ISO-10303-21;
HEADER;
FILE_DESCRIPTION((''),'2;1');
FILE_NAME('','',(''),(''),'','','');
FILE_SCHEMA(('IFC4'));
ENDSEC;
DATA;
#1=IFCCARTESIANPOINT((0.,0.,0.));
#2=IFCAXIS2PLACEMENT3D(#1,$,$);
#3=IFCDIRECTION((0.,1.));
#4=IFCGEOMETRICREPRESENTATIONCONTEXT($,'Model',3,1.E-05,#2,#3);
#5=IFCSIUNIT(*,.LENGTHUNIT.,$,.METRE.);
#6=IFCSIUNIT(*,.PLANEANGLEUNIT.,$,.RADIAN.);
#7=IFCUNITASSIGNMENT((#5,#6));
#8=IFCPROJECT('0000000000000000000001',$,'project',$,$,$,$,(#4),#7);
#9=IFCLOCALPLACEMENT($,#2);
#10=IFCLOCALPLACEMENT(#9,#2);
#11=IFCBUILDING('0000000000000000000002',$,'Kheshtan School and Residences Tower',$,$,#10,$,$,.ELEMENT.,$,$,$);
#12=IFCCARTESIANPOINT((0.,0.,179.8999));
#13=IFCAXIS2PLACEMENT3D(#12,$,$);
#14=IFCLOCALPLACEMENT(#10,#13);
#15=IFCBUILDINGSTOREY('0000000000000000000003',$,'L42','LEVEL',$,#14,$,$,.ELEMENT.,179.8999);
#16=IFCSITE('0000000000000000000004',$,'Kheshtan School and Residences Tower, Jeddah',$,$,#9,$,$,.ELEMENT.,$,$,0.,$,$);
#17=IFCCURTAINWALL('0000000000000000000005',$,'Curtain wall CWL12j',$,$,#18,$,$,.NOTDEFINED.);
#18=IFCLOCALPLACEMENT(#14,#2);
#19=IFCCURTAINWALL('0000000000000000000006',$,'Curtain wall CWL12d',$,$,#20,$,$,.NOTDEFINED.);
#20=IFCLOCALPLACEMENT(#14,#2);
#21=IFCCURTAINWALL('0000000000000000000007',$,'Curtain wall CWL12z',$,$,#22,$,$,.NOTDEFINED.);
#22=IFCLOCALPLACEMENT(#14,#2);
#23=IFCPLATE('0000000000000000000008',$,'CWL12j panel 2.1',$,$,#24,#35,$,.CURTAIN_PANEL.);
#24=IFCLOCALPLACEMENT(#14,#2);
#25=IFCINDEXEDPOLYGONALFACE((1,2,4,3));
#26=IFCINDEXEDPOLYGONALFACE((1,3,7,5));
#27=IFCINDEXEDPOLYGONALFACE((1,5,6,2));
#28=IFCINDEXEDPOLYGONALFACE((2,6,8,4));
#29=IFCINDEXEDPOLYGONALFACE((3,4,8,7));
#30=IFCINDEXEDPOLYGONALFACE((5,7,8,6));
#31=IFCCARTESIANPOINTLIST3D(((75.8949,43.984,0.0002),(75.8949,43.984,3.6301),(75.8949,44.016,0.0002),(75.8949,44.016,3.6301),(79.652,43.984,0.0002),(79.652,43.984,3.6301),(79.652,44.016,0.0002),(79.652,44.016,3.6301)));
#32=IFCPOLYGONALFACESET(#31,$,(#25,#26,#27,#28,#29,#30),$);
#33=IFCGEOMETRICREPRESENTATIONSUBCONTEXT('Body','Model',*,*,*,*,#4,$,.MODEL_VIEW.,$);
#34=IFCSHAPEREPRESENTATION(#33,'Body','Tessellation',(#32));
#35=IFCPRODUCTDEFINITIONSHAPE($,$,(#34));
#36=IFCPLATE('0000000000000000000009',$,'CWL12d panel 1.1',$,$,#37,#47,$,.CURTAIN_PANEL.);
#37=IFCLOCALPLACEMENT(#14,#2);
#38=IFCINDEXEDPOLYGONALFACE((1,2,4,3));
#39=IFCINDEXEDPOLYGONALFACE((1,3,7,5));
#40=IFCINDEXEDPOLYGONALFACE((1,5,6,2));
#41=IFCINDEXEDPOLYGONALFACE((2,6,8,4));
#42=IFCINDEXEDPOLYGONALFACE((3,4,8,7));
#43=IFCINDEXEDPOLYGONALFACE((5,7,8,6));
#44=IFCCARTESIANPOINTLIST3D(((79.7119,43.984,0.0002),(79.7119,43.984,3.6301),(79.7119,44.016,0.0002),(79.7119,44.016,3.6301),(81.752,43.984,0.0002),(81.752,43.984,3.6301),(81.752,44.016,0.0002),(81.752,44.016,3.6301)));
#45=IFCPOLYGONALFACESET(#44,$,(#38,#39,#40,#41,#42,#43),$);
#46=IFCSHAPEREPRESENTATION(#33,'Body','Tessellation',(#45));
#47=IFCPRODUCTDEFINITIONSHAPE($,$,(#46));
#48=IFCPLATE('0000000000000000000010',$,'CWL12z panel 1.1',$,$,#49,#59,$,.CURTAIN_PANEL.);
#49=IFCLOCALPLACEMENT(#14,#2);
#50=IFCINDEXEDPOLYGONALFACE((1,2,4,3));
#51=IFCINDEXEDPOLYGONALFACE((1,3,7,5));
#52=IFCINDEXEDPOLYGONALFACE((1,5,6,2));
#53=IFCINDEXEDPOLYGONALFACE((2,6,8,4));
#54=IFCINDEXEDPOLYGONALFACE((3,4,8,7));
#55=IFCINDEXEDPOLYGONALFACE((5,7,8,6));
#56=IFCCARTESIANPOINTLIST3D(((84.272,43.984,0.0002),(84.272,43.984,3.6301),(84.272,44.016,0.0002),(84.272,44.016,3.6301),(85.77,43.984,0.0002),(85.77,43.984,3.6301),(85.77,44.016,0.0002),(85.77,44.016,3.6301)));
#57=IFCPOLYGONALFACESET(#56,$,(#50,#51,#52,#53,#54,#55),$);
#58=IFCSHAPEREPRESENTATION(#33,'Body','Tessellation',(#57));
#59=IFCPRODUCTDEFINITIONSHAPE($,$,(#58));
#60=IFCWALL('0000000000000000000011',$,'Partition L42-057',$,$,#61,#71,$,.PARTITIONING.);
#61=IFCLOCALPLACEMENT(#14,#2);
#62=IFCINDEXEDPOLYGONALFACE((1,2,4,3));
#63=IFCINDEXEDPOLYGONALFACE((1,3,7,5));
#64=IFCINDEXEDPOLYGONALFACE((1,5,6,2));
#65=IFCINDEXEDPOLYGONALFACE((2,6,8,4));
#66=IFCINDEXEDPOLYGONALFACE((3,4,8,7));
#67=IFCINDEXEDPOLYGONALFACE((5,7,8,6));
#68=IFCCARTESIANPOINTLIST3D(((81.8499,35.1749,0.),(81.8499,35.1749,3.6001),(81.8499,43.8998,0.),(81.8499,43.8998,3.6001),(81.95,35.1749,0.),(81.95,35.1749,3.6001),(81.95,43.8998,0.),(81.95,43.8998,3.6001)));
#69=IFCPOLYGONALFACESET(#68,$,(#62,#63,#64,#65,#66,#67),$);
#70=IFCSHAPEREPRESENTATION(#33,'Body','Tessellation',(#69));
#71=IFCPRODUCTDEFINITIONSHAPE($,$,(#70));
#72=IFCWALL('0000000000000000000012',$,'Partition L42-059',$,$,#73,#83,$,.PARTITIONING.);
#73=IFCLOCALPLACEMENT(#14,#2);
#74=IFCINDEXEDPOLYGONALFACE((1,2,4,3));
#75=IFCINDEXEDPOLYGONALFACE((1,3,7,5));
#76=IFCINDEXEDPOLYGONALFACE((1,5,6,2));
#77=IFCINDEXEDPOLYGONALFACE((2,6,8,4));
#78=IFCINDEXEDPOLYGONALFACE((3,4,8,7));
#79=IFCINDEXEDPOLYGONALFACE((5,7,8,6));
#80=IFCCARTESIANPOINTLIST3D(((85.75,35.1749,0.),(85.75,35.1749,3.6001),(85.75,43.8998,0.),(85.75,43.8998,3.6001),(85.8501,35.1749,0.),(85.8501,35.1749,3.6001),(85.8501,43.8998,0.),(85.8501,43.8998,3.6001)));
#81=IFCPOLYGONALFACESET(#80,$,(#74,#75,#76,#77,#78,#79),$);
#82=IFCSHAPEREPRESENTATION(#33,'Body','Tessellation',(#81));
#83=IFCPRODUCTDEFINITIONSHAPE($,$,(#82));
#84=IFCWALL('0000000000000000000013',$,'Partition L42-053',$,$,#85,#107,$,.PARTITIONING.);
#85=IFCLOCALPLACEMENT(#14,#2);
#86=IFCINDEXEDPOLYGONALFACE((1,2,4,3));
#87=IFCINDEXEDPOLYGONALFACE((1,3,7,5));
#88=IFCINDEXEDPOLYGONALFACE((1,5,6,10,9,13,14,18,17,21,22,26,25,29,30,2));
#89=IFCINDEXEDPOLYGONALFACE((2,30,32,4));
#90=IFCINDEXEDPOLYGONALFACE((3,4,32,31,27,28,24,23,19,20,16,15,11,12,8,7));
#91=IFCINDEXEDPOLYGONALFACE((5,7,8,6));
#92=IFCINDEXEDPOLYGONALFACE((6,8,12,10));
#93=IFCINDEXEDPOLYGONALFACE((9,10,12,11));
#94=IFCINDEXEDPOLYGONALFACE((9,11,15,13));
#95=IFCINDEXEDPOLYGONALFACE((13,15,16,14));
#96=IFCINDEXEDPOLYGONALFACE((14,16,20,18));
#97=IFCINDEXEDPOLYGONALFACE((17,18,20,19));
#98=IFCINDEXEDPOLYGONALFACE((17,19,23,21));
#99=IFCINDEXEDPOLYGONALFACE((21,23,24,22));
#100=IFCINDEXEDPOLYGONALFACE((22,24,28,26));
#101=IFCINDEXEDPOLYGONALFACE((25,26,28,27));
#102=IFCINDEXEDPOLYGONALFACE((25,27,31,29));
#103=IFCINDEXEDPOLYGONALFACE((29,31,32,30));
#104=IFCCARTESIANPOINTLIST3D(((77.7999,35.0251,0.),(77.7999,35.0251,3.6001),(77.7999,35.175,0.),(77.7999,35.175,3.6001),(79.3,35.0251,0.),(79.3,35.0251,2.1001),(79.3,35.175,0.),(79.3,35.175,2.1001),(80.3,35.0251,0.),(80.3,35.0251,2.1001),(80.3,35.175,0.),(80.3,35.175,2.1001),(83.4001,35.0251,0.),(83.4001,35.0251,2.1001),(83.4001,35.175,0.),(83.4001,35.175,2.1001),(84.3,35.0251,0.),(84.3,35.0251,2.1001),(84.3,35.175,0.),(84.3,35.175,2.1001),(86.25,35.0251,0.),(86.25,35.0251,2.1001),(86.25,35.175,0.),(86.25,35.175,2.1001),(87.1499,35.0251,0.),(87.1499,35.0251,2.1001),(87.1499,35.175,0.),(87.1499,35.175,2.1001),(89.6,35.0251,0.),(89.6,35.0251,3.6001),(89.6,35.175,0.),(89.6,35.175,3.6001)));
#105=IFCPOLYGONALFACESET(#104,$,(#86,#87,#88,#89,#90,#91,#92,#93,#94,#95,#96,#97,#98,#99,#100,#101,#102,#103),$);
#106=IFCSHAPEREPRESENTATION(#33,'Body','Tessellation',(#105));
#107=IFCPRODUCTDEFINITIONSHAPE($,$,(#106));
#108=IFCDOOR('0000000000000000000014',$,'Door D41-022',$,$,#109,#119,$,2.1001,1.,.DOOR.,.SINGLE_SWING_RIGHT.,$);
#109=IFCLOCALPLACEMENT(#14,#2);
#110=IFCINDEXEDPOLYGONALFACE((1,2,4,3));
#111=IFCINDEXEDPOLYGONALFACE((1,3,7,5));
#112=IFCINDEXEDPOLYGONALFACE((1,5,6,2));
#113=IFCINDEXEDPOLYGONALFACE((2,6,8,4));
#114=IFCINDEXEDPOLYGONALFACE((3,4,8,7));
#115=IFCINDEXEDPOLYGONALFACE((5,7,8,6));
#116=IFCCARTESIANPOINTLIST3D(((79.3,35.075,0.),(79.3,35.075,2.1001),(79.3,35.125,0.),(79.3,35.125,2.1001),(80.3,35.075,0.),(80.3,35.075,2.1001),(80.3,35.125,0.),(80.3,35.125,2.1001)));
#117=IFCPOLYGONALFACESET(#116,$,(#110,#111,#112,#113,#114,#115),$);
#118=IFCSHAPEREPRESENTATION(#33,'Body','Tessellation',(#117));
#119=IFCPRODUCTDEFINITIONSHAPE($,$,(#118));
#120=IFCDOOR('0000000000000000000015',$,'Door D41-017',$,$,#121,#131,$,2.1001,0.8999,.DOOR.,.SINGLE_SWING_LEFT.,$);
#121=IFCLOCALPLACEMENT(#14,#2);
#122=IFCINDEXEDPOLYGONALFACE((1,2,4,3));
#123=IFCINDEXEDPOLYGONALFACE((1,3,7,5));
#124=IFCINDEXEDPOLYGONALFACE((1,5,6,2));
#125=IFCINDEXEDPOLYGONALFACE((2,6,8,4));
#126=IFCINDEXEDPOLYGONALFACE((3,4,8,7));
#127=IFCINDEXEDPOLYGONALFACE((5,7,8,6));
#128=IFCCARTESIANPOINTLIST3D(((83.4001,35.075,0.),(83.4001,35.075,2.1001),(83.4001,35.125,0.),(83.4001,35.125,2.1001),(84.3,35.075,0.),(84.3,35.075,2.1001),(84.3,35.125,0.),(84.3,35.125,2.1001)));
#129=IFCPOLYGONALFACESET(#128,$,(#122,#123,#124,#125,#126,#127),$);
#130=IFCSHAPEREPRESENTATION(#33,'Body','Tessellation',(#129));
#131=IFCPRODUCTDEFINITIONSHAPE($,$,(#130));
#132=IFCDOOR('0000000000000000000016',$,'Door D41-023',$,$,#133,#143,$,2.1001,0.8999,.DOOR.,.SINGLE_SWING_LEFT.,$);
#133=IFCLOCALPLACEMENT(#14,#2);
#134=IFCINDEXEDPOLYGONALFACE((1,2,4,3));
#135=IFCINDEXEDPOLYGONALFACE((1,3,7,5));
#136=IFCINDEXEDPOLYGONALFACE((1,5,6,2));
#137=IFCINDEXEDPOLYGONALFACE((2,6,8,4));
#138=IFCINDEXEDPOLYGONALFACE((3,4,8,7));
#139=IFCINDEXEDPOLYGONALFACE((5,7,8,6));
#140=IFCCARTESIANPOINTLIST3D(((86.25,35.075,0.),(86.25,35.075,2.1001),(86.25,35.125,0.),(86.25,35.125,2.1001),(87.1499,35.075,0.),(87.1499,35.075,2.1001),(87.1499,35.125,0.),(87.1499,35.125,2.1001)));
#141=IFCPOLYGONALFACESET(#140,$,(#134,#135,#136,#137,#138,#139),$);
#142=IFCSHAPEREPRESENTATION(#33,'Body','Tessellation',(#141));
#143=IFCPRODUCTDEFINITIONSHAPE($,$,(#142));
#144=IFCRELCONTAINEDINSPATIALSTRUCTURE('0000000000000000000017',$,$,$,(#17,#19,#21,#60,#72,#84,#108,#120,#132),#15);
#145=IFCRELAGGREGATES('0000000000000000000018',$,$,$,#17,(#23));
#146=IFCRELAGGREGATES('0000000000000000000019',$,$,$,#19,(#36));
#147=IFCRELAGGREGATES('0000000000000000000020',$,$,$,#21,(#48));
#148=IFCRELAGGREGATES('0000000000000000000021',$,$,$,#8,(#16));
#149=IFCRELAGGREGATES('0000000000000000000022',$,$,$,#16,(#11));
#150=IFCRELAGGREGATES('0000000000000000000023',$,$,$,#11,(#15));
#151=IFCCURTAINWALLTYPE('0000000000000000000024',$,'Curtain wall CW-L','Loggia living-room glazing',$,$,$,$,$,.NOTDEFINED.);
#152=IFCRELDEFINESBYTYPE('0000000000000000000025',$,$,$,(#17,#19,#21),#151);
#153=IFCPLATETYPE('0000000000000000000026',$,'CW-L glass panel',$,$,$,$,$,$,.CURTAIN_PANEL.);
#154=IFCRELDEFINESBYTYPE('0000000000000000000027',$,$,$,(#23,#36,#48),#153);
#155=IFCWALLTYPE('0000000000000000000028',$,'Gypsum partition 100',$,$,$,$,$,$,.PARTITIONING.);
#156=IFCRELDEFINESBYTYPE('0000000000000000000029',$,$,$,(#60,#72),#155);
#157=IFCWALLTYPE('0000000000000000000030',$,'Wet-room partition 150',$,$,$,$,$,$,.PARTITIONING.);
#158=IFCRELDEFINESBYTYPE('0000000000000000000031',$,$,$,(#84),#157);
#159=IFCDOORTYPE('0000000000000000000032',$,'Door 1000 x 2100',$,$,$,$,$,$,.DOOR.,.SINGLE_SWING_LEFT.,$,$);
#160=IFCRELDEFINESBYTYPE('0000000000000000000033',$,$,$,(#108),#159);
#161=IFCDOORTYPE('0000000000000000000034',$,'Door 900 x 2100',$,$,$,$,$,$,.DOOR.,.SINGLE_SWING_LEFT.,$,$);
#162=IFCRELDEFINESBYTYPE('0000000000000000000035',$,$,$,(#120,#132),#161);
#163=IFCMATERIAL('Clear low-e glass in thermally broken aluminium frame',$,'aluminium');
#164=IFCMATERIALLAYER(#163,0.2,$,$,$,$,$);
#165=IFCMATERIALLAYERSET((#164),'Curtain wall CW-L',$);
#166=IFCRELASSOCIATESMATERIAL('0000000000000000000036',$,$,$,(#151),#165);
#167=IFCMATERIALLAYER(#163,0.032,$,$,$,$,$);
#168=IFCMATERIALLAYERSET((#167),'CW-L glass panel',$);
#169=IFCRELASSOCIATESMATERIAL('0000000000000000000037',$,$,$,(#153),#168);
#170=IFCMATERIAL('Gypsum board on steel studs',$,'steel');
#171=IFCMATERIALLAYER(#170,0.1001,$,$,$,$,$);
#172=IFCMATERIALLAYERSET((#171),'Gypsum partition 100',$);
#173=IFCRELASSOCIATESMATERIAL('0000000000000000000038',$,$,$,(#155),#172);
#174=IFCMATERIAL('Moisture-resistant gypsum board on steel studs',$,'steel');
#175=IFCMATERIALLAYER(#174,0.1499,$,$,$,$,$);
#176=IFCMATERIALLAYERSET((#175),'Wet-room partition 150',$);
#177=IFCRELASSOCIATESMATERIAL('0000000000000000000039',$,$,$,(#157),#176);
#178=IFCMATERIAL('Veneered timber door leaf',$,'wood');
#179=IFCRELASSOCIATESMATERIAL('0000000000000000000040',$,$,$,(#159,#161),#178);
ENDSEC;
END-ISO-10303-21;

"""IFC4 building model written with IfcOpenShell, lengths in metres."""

from ifc_helpers import new_model, si_unit, direction, frame, frame_2d, origin, origin_2d, place, context, subcontext, project, spatial, rectangle, extrude, source, transform, mapped, material, layer, layer_set, type_object, element, fill, aggregate, save


model = new_model("IFC4")

# Units and contexts
model_context = context("Model", 3, precision=1e-05, world=origin(), true_north=direction((0.0, 1.0)))
body_context = subcontext(model_context, "Body", "Model", "MODEL_VIEW")
ifc_project = project(units=[si_unit("LENGTHUNIT", "METRE"), si_unit("PLANEANGLEUNIT", "RADIAN")], contexts=[model_context])

# Site, building, storey
site_placement = place(None, origin())
site = spatial("IfcSite", under=ifc_project, at=site_placement, Name="Kheshtan School and Residences Tower, Jeddah", CompositionType="ELEMENT", RefElevation=0.0)
building_placement = place(site_placement, origin())
building = spatial("IfcBuilding", under=site, at=building_placement, Name="Kheshtan School and Residences Tower", CompositionType="ELEMENT")
storey_placement = place(building_placement, frame((0.0, 0.0, 179.8999)))
storey = spatial("IfcBuildingStorey", under=building, at=storey_placement, Name="L42", Description="LEVEL", CompositionType="ELEMENT", Elevation=179.8999)

# Curtain wall
ifc_material_1 = material(Name="Clear low-e glass in thermally broken aluminium frame", Category="aluminium")
ifc_layer_1 = layer(ifc_material_1, 0.2)
ifc_layer_set_1 = layer_set([ifc_layer_1], Name="Curtain wall CW-L")
curtain_wall_type = type_object("IfcCurtainWallType", Name="Curtain wall CW-L", Description="Loggia living-room glazing", PredefinedType="NOTDEFINED", material=ifc_layer_set_1)
curtain_wall_1_placement = place(storey_placement, origin())
curtain_wall_1 = element("IfcCurtainWall", 1, at=curtain_wall_1_placement, inside=storey, type_object=curtain_wall_type, Name="Curtain wall CWL12j", PredefinedType="NOTDEFINED")

# Curtain wall
curtain_wall_2_placement = place(storey_placement, origin())
curtain_wall_2 = element("IfcCurtainWall", 2, at=curtain_wall_2_placement, inside=storey, type_object=curtain_wall_type, Name="Curtain wall CWL12d", PredefinedType="NOTDEFINED")

# Curtain wall
curtain_wall_3_placement = place(storey_placement, origin())
curtain_wall_3 = element("IfcCurtainWall", 3, at=curtain_wall_3_placement, inside=storey, type_object=curtain_wall_type, Name="Curtain wall CWL12z", PredefinedType="NOTDEFINED")

# Plates
ifc_layer_2 = layer(ifc_material_1, 0.032)
ifc_layer_set_2 = layer_set([ifc_layer_2], Name="CW-L glass panel")
plate_type = type_object("IfcPlateType", Name="CW-L glass panel", PredefinedType="CURTAIN_PANEL", material=ifc_layer_set_2)
plate_1_placement = place(storey_placement, frame((77.7734, 44.0, 0.0002), z_axis=(0.0, 0.0, 1.0), x_axis=(1.0, 0.0, 0.0)))
plate_1 = element("IfcPlate", 4, at=plate_1_placement, type_object=plate_type, Name="CWL12j panel 2.1", PredefinedType="CURTAIN_PANEL", context=body_context, shape_type="SweptSolid", body=[
    extrude(rectangle(XDim=3.7571, YDim=0.032, at=origin_2d()), origin(), (0.0, 0.0, 1.0), 3.6299),
])
aggregate(curtain_wall_1, [plate_1])
plate_2_placement = place(storey_placement, frame((80.7319, 44.0, 0.0002), z_axis=(0.0, 0.0, 1.0), x_axis=(1.0, 0.0, 0.0)))
plate_2 = element("IfcPlate", 5, at=plate_2_placement, type_object=plate_type, Name="CWL12d panel 1.1", PredefinedType="CURTAIN_PANEL", context=body_context, shape_type="SweptSolid", body=[
    extrude(rectangle(XDim=2.04, YDim=0.032, at=origin_2d()), origin(), (0.0, 0.0, 1.0), 3.6299),
])
aggregate(curtain_wall_2, [plate_2])
plate_3_placement = place(storey_placement, frame((85.021, 44.0, 0.0002), z_axis=(0.0, 0.0, 1.0), x_axis=(1.0, 0.0, 0.0)))
plate_3 = element("IfcPlate", 6, at=plate_3_placement, type_object=plate_type, Name="CWL12z panel 1.1", PredefinedType="CURTAIN_PANEL", context=body_context, shape_type="SweptSolid", body=[
    extrude(rectangle(XDim=1.498, YDim=0.032, at=origin_2d()), origin(), (0.0, 0.0, 1.0), 3.6299),
])
aggregate(curtain_wall_3, [plate_3])

# Walls
ifc_material_2 = material(Name="Gypsum board on steel studs", Category="steel")
ifc_layer_3 = layer(ifc_material_2, 0.1001)
ifc_layer_set_3 = layer_set([ifc_layer_3], Name="Gypsum partition 100")
wall_type_1 = type_object("IfcWallType", Name="Gypsum partition 100", PredefinedType="PARTITIONING", material=ifc_layer_set_3)
for number, where, z_axis, x_axis, name in (
    (7, (81.8999, 35.175, 0.0), (0.0, 0.0, 1.0), (0.0, 1.0, 0.0), "Partition L42-057"),
    (8, (85.8, 35.175, 0.0), (0.0, 0.0, 1.0), (0.0, 1.0, 0.0), "Partition L42-059"),
):
    element("IfcWall", number, at=place(storey_placement, frame(where, z_axis=z_axis, x_axis=x_axis)), inside=storey, type_object=wall_type_1, Name=name, PredefinedType="PARTITIONING", context=body_context, shape_type="SweptSolid", body=[
        extrude(rectangle(XDim=8.7249, YDim=0.1001, at=frame_2d((4.3623, 0.0))), origin(), (0.0, 0.0, 1.0), 3.6001),
    ])

# Wall, openings, doors
ifc_material_3 = material(Name="Moisture-resistant gypsum board on steel studs", Category="steel")
ifc_layer_4 = layer(ifc_material_3, 0.1499)
ifc_layer_set_4 = layer_set([ifc_layer_4], Name="Wet-room partition 150")
wall_type_2 = type_object("IfcWallType", Name="Wet-room partition 150", PredefinedType="PARTITIONING", material=ifc_layer_set_4)
wall_1_placement = place(storey_placement, frame((77.8, 35.1001, 0.0), z_axis=(0.0, 0.0, 1.0), x_axis=(1.0, 0.0, 0.0)))
wall_1 = element("IfcWall", 9, at=wall_1_placement, inside=storey, type_object=wall_type_2, Name="Partition L42-053", PredefinedType="PARTITIONING", context=body_context, shape_type="SweptSolid", body=[
    extrude(rectangle(XDim=11.8, YDim=0.1499, at=frame_2d((5.8999, 0.0))), origin(), (0.0, 0.0, 1.0), 3.6001),
])
opening_1_placement = place(wall_1_placement, frame((5.6001, 0.0, 0.0)))
opening_1 = element("IfcOpeningElement", 10, at=opening_1_placement, cuts=wall_1, PredefinedType="OPENING", context=body_context, shape_type="SweptSolid", body=[
    extrude(rectangle(XDim=0.8999, YDim=2.1001, at=frame_2d((0.45, 1.05))), frame((0.0, 0.085, 0.0), z_axis=(0.0, -1.0, 0.0), x_axis=(1.0, 0.0, 0.0)), (0.0, 0.0, 1.0), 0.1699),
])
opening_2_placement = place(wall_1_placement, frame((1.5, 0.0, 0.0)))
opening_2 = element("IfcOpeningElement", 11, at=opening_2_placement, cuts=wall_1, PredefinedType="OPENING", context=body_context, shape_type="SweptSolid", body=[
    extrude(rectangle(XDim=1.0, YDim=2.1001, at=frame_2d((0.5, 1.05))), frame((0.0, 0.085, 0.0), z_axis=(0.0, -1.0, 0.0), x_axis=(1.0, 0.0, 0.0)), (0.0, 0.0, 1.0), 0.1699),
])
opening_3_placement = place(wall_1_placement, frame((8.45, 0.0, 0.0)))
opening_3 = element("IfcOpeningElement", 12, at=opening_3_placement, cuts=wall_1, PredefinedType="OPENING", context=body_context, shape_type="SweptSolid", body=[
    extrude(rectangle(XDim=0.8999, YDim=2.1001, at=frame_2d((0.45, 1.05))), frame((0.0, 0.085, 0.0), z_axis=(0.0, -1.0, 0.0), x_axis=(1.0, 0.0, 0.0)), (0.0, 0.0, 1.0), 0.1699),
])
ifc_material_4 = material(Name="Veneered timber door leaf", Category="wood")
door_type_1 = type_object("IfcDoorType", Name="Door 1000 x 2100", OperationType="SINGLE_SWING_LEFT", PredefinedType="DOOR", material=ifc_material_4)
shared_shape_1 = source(origin(), body_context, "Body", "SweptSolid", [
    extrude(rectangle(XDim=1.0, YDim=2.1001, at=frame_2d((0.5, 1.05))), frame((0.0, 0.0249, 0.0), z_axis=(0.0, -1.0, 0.0), x_axis=(1.0, 0.0, 0.0)), (0.0, 0.0, 1.0), 0.05),
])
door_1_placement = place(opening_2_placement, origin())
door_1 = element("IfcDoor", 13, at=door_1_placement, inside=storey, type_object=door_type_1, Name="Door D41-022", OperationType="SINGLE_SWING_RIGHT", OverallHeight=2.1001, OverallWidth=1.0, PredefinedType="DOOR", context=body_context, shape_type="MappedRepresentation", body=[
    mapped(shared_shape_1, transform((0.0, 0.0, 0.0), x_axis=(1.0, 0.0, 0.0), y_axis=(0.0, 1.0, 0.0), z_axis=(0.0, 0.0, 1.0), scale=1.0)),
])
fill(opening_2, door_1)
door_type_2 = type_object("IfcDoorType", Name="Door 900 x 2100", OperationType="SINGLE_SWING_LEFT", PredefinedType="DOOR", material=ifc_material_4)
shared_shape_2 = source(origin(), body_context, "Body", "SweptSolid", [
    extrude(rectangle(XDim=0.8999, YDim=2.1001, at=frame_2d((0.45, 1.05))), frame((0.0, 0.0249, 0.0), z_axis=(0.0, -1.0, 0.0), x_axis=(1.0, 0.0, 0.0)), (0.0, 0.0, 1.0), 0.05),
])
door_2_placement = place(opening_1_placement, origin())
door_2 = element("IfcDoor", 14, at=door_2_placement, inside=storey, type_object=door_type_2, Name="Door D41-017", OperationType="SINGLE_SWING_LEFT", OverallHeight=2.1001, OverallWidth=0.8999, PredefinedType="DOOR", context=body_context, shape_type="MappedRepresentation", body=[
    mapped(shared_shape_2, transform((0.0, 0.0, 0.0), x_axis=(1.0, 0.0, 0.0), y_axis=(0.0, 1.0, 0.0), z_axis=(0.0, 0.0, 1.0), scale=1.0)),
])
fill(opening_1, door_2)
door_3_placement = place(opening_3_placement, origin())
door_3 = element("IfcDoor", 15, at=door_3_placement, inside=storey, type_object=door_type_2, Name="Door D41-023", OperationType="SINGLE_SWING_LEFT", OverallHeight=2.1001, OverallWidth=0.8999, PredefinedType="DOOR", context=body_context, shape_type="MappedRepresentation", body=[
    mapped(shared_shape_2, transform((0.0, 0.0, 0.0), x_axis=(1.0, 0.0, 0.0), y_axis=(0.0, 1.0, 0.0), z_axis=(0.0, 0.0, 1.0), scale=1.0)),
])
fill(opening_3, door_3)

save(model, "model.ifc")
